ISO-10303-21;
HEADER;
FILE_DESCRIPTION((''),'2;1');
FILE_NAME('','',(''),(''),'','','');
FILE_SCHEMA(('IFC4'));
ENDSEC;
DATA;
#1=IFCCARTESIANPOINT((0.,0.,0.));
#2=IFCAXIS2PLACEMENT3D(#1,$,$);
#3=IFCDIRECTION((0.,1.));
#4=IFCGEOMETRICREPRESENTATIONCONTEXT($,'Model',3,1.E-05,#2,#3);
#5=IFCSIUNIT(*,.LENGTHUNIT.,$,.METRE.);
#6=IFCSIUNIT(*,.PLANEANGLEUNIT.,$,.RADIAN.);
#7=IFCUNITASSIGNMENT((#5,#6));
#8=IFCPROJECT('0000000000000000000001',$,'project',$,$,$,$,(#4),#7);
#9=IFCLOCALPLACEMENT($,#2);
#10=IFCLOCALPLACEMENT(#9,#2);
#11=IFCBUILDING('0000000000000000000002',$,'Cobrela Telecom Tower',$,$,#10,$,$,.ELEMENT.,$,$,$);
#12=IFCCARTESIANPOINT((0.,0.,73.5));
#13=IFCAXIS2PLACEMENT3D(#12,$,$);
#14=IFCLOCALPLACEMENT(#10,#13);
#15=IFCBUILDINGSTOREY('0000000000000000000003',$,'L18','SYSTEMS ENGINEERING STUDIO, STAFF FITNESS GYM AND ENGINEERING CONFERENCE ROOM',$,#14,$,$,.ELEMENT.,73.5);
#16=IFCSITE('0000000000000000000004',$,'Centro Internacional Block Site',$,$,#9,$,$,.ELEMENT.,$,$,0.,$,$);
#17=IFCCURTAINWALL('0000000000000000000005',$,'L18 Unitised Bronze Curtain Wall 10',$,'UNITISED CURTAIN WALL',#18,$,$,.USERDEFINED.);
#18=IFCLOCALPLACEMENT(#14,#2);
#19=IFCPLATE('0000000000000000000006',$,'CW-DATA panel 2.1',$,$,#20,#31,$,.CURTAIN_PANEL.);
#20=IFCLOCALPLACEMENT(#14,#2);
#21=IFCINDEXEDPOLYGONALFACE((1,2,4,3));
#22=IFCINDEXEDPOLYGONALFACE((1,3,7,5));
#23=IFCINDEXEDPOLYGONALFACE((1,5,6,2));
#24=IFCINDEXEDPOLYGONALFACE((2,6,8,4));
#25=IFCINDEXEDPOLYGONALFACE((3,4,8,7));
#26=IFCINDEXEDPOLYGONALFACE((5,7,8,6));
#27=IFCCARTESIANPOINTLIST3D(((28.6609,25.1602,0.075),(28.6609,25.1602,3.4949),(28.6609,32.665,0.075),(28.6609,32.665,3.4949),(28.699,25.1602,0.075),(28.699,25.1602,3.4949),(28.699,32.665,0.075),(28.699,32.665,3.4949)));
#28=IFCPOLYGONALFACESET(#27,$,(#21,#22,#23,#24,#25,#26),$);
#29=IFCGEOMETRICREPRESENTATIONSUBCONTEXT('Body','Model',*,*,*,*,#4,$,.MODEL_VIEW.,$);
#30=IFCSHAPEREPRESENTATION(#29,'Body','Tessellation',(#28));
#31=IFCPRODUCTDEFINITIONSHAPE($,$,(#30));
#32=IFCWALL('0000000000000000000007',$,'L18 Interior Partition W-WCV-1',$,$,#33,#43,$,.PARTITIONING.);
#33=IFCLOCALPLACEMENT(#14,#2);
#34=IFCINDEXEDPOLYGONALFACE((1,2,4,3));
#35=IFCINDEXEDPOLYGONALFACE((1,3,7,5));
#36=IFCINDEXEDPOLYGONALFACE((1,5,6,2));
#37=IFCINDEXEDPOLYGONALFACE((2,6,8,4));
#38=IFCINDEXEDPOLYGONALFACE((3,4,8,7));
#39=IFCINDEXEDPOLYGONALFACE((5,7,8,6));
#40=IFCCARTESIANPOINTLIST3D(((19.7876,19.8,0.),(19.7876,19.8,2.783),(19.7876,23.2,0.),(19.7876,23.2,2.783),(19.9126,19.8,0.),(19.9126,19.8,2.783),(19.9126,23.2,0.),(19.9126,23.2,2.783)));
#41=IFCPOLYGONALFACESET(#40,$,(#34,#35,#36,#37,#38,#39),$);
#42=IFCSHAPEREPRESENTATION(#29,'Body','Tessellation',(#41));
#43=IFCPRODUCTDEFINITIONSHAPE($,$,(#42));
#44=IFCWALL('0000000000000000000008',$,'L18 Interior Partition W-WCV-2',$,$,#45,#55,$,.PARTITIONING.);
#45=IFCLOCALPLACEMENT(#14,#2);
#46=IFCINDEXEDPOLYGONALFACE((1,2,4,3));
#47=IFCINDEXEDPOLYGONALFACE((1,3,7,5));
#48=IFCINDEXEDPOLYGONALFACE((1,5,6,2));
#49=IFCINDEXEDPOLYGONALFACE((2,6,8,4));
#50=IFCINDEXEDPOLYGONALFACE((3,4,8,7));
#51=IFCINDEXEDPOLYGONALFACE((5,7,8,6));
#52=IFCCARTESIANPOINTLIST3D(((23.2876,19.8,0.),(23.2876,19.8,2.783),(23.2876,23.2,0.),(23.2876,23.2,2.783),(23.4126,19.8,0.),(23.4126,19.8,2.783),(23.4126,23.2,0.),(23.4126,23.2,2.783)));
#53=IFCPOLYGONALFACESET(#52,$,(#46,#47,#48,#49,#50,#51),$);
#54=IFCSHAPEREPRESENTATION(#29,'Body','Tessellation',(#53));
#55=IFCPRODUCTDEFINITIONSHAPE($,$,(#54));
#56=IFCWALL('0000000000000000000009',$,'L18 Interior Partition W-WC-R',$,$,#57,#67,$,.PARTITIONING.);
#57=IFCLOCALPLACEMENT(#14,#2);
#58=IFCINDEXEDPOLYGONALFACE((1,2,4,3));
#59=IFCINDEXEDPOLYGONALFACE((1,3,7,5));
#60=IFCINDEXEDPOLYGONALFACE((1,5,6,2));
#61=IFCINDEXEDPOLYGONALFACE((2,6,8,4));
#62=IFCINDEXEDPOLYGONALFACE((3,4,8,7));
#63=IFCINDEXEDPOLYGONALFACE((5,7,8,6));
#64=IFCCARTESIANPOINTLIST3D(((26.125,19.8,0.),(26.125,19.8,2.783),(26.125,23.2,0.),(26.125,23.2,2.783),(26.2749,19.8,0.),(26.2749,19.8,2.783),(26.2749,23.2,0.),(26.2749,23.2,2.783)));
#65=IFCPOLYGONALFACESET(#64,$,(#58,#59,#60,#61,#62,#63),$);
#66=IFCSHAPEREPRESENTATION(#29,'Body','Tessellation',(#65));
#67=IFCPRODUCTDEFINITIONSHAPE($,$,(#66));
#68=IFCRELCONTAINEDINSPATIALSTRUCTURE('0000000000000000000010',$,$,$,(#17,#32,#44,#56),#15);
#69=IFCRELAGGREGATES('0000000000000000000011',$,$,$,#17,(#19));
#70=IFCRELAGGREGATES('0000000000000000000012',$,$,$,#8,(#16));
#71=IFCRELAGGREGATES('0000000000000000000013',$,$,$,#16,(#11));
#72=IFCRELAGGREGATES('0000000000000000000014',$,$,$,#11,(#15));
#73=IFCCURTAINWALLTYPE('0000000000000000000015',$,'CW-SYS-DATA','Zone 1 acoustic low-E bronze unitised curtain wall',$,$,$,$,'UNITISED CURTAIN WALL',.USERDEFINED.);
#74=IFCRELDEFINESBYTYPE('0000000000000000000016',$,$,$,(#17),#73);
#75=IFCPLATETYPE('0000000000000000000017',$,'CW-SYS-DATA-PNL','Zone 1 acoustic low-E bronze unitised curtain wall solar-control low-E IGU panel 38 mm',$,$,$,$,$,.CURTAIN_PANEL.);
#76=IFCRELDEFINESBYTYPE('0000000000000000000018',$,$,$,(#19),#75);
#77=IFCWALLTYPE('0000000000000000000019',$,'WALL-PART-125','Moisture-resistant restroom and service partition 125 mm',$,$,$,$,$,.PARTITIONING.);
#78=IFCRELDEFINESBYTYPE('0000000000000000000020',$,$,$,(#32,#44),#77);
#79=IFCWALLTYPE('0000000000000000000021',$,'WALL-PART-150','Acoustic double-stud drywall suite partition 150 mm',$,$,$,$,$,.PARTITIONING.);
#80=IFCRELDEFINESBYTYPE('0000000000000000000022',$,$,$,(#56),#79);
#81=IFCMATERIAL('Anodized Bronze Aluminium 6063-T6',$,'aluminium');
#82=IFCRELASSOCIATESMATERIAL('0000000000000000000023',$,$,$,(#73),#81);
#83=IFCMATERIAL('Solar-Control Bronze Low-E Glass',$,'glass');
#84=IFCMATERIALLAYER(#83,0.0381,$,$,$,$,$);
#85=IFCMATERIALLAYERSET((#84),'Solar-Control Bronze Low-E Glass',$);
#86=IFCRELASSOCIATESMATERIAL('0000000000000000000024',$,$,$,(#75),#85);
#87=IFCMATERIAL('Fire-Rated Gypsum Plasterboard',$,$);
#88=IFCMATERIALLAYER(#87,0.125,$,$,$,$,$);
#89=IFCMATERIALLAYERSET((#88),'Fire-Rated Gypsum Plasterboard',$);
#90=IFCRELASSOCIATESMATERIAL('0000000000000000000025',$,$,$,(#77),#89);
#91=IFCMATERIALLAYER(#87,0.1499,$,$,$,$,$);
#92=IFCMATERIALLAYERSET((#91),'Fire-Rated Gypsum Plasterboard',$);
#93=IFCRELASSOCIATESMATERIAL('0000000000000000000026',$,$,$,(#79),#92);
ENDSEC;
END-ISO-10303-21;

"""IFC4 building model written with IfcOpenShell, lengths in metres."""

from ifc_helpers import new_model, si_unit, direction, frame, frame_2d, origin, origin_2d, place, context, subcontext, project, spatial, rectangle, extrude, material, layer, layer_set, type_object, element, aggregate, save


model = new_model("IFC4")

# Units and contexts
model_context = context("Model", 3, precision=1e-05, world=origin(), true_north=direction((0.0, 1.0)))
body_context = subcontext(model_context, "Body", "Model", "MODEL_VIEW")
ifc_project = project(units=[si_unit("LENGTHUNIT", "METRE"), si_unit("PLANEANGLEUNIT", "RADIAN")], contexts=[model_context])

# Site, building, storey
site_placement = place(None, origin())
site = spatial("IfcSite", under=ifc_project, at=site_placement, Name="Centro Internacional Block Site", CompositionType="ELEMENT", RefElevation=0.0)
building_placement = place(site_placement, origin())
building = spatial("IfcBuilding", under=site, at=building_placement, Name="Cobrela Telecom Tower", CompositionType="ELEMENT")
storey_placement = place(building_placement, frame((0.0, 0.0, 73.5)))
storey = spatial("IfcBuildingStorey", under=building, at=storey_placement, Name="L18", Description="SYSTEMS ENGINEERING STUDIO, STAFF FITNESS GYM AND ENGINEERING CONFERENCE ROOM", CompositionType="ELEMENT", Elevation=73.5)

# Curtain wall, plate
ifc_material_1 = material(Name="Anodized Bronze Aluminium 6063-T6", Category="aluminium")
curtain_wall_type = type_object("IfcCurtainWallType", Name="CW-SYS-DATA", Description="Zone 1 acoustic low-E bronze unitised curtain wall", ElementType="UNITISED CURTAIN WALL", PredefinedType="USERDEFINED", material=ifc_material_1)
curtain_wall_placement = place(storey_placement, origin())
curtain_wall = element("IfcCurtainWall", 1, at=curtain_wall_placement, inside=storey, type_object=curtain_wall_type, Name="L18 Unitised Bronze Curtain Wall 10", ObjectType="UNITISED CURTAIN WALL", PredefinedType="USERDEFINED")
ifc_material_2 = material(Name="Solar-Control Bronze Low-E Glass", Category="glass")
ifc_layer_1 = layer(ifc_material_2, 0.0381)
ifc_layer_set_1 = layer_set([ifc_layer_1], Name="Solar-Control Bronze Low-E Glass")
plate_type = type_object("IfcPlateType", Name="CW-SYS-DATA-PNL", Description="Zone 1 acoustic low-E bronze unitised curtain wall solar-control low-E IGU panel 38 mm", PredefinedType="CURTAIN_PANEL", material=ifc_layer_set_1)
plate_placement = place(storey_placement, frame((28.6799, 28.9126, 0.075), z_axis=(0.0, 0.0, 1.0), x_axis=(0.0, -1.0, 0.0)))
plate = element("IfcPlate", 2, at=plate_placement, type_object=plate_type, Name="CW-DATA panel 2.1", PredefinedType="CURTAIN_PANEL", context=body_context, shape_type="SweptSolid", body=[
    extrude(rectangle(XDim=7.5049, YDim=0.0381, at=origin_2d()), origin(), (0.0, 0.0, 1.0), 3.4199),
])
aggregate(curtain_wall, [plate])

# Walls
ifc_material_3 = material(Name="Fire-Rated Gypsum Plasterboard")
ifc_layer_2 = layer(ifc_material_3, 0.125)
ifc_layer_set_2 = layer_set([ifc_layer_2], Name="Fire-Rated Gypsum Plasterboard")
wall_type_1 = type_object("IfcWallType", Name="WALL-PART-125", Description="Moisture-resistant restroom and service partition 125 mm", PredefinedType="PARTITIONING", material=ifc_layer_set_2)
for number, where, z_axis, x_axis, name in (
    (3, (19.8501, 19.8, 0.0), (0.0, 0.0, 1.0), (0.0, 1.0, 0.0), "L18 Interior Partition W-WCV-1"),
    (4, (23.3501, 19.8, 0.0), (0.0, 0.0, 1.0), (0.0, 1.0, 0.0), "L18 Interior Partition W-WCV-2"),
):
    element("IfcWall", number, at=place(storey_placement, frame(where, z_axis=z_axis, x_axis=x_axis)), inside=storey, type_object=wall_type_1, Name=name, PredefinedType="PARTITIONING", context=body_context, shape_type="SweptSolid", body=[
        extrude(rectangle(XDim=3.3999, YDim=0.125, at=frame_2d((1.7, 0.0))), origin(), (0.0, 0.0, 1.0), 2.783),
    ])
ifc_layer_3 = layer(ifc_material_3, 0.1499)
ifc_layer_set_3 = layer_set([ifc_layer_3], Name="Fire-Rated Gypsum Plasterboard")
wall_type_2 = type_object("IfcWallType", Name="WALL-PART-150", Description="Acoustic double-stud drywall suite partition 150 mm", PredefinedType="PARTITIONING", material=ifc_layer_set_3)
wall_placement = place(storey_placement, frame((26.2, 19.8, 0.0), z_axis=(0.0, 0.0, 1.0), x_axis=(0.0, 1.0, 0.0)))
element("IfcWall", 5, at=wall_placement, inside=storey, type_object=wall_type_2, Name="L18 Interior Partition W-WC-R", PredefinedType="PARTITIONING", context=body_context, shape_type="SweptSolid", body=[
    extrude(rectangle(XDim=3.3999, YDim=0.1499, at=frame_2d((1.7, 0.0))), origin(), (0.0, 0.0, 1.0), 2.783),
])

save(model, "model.ifc")
